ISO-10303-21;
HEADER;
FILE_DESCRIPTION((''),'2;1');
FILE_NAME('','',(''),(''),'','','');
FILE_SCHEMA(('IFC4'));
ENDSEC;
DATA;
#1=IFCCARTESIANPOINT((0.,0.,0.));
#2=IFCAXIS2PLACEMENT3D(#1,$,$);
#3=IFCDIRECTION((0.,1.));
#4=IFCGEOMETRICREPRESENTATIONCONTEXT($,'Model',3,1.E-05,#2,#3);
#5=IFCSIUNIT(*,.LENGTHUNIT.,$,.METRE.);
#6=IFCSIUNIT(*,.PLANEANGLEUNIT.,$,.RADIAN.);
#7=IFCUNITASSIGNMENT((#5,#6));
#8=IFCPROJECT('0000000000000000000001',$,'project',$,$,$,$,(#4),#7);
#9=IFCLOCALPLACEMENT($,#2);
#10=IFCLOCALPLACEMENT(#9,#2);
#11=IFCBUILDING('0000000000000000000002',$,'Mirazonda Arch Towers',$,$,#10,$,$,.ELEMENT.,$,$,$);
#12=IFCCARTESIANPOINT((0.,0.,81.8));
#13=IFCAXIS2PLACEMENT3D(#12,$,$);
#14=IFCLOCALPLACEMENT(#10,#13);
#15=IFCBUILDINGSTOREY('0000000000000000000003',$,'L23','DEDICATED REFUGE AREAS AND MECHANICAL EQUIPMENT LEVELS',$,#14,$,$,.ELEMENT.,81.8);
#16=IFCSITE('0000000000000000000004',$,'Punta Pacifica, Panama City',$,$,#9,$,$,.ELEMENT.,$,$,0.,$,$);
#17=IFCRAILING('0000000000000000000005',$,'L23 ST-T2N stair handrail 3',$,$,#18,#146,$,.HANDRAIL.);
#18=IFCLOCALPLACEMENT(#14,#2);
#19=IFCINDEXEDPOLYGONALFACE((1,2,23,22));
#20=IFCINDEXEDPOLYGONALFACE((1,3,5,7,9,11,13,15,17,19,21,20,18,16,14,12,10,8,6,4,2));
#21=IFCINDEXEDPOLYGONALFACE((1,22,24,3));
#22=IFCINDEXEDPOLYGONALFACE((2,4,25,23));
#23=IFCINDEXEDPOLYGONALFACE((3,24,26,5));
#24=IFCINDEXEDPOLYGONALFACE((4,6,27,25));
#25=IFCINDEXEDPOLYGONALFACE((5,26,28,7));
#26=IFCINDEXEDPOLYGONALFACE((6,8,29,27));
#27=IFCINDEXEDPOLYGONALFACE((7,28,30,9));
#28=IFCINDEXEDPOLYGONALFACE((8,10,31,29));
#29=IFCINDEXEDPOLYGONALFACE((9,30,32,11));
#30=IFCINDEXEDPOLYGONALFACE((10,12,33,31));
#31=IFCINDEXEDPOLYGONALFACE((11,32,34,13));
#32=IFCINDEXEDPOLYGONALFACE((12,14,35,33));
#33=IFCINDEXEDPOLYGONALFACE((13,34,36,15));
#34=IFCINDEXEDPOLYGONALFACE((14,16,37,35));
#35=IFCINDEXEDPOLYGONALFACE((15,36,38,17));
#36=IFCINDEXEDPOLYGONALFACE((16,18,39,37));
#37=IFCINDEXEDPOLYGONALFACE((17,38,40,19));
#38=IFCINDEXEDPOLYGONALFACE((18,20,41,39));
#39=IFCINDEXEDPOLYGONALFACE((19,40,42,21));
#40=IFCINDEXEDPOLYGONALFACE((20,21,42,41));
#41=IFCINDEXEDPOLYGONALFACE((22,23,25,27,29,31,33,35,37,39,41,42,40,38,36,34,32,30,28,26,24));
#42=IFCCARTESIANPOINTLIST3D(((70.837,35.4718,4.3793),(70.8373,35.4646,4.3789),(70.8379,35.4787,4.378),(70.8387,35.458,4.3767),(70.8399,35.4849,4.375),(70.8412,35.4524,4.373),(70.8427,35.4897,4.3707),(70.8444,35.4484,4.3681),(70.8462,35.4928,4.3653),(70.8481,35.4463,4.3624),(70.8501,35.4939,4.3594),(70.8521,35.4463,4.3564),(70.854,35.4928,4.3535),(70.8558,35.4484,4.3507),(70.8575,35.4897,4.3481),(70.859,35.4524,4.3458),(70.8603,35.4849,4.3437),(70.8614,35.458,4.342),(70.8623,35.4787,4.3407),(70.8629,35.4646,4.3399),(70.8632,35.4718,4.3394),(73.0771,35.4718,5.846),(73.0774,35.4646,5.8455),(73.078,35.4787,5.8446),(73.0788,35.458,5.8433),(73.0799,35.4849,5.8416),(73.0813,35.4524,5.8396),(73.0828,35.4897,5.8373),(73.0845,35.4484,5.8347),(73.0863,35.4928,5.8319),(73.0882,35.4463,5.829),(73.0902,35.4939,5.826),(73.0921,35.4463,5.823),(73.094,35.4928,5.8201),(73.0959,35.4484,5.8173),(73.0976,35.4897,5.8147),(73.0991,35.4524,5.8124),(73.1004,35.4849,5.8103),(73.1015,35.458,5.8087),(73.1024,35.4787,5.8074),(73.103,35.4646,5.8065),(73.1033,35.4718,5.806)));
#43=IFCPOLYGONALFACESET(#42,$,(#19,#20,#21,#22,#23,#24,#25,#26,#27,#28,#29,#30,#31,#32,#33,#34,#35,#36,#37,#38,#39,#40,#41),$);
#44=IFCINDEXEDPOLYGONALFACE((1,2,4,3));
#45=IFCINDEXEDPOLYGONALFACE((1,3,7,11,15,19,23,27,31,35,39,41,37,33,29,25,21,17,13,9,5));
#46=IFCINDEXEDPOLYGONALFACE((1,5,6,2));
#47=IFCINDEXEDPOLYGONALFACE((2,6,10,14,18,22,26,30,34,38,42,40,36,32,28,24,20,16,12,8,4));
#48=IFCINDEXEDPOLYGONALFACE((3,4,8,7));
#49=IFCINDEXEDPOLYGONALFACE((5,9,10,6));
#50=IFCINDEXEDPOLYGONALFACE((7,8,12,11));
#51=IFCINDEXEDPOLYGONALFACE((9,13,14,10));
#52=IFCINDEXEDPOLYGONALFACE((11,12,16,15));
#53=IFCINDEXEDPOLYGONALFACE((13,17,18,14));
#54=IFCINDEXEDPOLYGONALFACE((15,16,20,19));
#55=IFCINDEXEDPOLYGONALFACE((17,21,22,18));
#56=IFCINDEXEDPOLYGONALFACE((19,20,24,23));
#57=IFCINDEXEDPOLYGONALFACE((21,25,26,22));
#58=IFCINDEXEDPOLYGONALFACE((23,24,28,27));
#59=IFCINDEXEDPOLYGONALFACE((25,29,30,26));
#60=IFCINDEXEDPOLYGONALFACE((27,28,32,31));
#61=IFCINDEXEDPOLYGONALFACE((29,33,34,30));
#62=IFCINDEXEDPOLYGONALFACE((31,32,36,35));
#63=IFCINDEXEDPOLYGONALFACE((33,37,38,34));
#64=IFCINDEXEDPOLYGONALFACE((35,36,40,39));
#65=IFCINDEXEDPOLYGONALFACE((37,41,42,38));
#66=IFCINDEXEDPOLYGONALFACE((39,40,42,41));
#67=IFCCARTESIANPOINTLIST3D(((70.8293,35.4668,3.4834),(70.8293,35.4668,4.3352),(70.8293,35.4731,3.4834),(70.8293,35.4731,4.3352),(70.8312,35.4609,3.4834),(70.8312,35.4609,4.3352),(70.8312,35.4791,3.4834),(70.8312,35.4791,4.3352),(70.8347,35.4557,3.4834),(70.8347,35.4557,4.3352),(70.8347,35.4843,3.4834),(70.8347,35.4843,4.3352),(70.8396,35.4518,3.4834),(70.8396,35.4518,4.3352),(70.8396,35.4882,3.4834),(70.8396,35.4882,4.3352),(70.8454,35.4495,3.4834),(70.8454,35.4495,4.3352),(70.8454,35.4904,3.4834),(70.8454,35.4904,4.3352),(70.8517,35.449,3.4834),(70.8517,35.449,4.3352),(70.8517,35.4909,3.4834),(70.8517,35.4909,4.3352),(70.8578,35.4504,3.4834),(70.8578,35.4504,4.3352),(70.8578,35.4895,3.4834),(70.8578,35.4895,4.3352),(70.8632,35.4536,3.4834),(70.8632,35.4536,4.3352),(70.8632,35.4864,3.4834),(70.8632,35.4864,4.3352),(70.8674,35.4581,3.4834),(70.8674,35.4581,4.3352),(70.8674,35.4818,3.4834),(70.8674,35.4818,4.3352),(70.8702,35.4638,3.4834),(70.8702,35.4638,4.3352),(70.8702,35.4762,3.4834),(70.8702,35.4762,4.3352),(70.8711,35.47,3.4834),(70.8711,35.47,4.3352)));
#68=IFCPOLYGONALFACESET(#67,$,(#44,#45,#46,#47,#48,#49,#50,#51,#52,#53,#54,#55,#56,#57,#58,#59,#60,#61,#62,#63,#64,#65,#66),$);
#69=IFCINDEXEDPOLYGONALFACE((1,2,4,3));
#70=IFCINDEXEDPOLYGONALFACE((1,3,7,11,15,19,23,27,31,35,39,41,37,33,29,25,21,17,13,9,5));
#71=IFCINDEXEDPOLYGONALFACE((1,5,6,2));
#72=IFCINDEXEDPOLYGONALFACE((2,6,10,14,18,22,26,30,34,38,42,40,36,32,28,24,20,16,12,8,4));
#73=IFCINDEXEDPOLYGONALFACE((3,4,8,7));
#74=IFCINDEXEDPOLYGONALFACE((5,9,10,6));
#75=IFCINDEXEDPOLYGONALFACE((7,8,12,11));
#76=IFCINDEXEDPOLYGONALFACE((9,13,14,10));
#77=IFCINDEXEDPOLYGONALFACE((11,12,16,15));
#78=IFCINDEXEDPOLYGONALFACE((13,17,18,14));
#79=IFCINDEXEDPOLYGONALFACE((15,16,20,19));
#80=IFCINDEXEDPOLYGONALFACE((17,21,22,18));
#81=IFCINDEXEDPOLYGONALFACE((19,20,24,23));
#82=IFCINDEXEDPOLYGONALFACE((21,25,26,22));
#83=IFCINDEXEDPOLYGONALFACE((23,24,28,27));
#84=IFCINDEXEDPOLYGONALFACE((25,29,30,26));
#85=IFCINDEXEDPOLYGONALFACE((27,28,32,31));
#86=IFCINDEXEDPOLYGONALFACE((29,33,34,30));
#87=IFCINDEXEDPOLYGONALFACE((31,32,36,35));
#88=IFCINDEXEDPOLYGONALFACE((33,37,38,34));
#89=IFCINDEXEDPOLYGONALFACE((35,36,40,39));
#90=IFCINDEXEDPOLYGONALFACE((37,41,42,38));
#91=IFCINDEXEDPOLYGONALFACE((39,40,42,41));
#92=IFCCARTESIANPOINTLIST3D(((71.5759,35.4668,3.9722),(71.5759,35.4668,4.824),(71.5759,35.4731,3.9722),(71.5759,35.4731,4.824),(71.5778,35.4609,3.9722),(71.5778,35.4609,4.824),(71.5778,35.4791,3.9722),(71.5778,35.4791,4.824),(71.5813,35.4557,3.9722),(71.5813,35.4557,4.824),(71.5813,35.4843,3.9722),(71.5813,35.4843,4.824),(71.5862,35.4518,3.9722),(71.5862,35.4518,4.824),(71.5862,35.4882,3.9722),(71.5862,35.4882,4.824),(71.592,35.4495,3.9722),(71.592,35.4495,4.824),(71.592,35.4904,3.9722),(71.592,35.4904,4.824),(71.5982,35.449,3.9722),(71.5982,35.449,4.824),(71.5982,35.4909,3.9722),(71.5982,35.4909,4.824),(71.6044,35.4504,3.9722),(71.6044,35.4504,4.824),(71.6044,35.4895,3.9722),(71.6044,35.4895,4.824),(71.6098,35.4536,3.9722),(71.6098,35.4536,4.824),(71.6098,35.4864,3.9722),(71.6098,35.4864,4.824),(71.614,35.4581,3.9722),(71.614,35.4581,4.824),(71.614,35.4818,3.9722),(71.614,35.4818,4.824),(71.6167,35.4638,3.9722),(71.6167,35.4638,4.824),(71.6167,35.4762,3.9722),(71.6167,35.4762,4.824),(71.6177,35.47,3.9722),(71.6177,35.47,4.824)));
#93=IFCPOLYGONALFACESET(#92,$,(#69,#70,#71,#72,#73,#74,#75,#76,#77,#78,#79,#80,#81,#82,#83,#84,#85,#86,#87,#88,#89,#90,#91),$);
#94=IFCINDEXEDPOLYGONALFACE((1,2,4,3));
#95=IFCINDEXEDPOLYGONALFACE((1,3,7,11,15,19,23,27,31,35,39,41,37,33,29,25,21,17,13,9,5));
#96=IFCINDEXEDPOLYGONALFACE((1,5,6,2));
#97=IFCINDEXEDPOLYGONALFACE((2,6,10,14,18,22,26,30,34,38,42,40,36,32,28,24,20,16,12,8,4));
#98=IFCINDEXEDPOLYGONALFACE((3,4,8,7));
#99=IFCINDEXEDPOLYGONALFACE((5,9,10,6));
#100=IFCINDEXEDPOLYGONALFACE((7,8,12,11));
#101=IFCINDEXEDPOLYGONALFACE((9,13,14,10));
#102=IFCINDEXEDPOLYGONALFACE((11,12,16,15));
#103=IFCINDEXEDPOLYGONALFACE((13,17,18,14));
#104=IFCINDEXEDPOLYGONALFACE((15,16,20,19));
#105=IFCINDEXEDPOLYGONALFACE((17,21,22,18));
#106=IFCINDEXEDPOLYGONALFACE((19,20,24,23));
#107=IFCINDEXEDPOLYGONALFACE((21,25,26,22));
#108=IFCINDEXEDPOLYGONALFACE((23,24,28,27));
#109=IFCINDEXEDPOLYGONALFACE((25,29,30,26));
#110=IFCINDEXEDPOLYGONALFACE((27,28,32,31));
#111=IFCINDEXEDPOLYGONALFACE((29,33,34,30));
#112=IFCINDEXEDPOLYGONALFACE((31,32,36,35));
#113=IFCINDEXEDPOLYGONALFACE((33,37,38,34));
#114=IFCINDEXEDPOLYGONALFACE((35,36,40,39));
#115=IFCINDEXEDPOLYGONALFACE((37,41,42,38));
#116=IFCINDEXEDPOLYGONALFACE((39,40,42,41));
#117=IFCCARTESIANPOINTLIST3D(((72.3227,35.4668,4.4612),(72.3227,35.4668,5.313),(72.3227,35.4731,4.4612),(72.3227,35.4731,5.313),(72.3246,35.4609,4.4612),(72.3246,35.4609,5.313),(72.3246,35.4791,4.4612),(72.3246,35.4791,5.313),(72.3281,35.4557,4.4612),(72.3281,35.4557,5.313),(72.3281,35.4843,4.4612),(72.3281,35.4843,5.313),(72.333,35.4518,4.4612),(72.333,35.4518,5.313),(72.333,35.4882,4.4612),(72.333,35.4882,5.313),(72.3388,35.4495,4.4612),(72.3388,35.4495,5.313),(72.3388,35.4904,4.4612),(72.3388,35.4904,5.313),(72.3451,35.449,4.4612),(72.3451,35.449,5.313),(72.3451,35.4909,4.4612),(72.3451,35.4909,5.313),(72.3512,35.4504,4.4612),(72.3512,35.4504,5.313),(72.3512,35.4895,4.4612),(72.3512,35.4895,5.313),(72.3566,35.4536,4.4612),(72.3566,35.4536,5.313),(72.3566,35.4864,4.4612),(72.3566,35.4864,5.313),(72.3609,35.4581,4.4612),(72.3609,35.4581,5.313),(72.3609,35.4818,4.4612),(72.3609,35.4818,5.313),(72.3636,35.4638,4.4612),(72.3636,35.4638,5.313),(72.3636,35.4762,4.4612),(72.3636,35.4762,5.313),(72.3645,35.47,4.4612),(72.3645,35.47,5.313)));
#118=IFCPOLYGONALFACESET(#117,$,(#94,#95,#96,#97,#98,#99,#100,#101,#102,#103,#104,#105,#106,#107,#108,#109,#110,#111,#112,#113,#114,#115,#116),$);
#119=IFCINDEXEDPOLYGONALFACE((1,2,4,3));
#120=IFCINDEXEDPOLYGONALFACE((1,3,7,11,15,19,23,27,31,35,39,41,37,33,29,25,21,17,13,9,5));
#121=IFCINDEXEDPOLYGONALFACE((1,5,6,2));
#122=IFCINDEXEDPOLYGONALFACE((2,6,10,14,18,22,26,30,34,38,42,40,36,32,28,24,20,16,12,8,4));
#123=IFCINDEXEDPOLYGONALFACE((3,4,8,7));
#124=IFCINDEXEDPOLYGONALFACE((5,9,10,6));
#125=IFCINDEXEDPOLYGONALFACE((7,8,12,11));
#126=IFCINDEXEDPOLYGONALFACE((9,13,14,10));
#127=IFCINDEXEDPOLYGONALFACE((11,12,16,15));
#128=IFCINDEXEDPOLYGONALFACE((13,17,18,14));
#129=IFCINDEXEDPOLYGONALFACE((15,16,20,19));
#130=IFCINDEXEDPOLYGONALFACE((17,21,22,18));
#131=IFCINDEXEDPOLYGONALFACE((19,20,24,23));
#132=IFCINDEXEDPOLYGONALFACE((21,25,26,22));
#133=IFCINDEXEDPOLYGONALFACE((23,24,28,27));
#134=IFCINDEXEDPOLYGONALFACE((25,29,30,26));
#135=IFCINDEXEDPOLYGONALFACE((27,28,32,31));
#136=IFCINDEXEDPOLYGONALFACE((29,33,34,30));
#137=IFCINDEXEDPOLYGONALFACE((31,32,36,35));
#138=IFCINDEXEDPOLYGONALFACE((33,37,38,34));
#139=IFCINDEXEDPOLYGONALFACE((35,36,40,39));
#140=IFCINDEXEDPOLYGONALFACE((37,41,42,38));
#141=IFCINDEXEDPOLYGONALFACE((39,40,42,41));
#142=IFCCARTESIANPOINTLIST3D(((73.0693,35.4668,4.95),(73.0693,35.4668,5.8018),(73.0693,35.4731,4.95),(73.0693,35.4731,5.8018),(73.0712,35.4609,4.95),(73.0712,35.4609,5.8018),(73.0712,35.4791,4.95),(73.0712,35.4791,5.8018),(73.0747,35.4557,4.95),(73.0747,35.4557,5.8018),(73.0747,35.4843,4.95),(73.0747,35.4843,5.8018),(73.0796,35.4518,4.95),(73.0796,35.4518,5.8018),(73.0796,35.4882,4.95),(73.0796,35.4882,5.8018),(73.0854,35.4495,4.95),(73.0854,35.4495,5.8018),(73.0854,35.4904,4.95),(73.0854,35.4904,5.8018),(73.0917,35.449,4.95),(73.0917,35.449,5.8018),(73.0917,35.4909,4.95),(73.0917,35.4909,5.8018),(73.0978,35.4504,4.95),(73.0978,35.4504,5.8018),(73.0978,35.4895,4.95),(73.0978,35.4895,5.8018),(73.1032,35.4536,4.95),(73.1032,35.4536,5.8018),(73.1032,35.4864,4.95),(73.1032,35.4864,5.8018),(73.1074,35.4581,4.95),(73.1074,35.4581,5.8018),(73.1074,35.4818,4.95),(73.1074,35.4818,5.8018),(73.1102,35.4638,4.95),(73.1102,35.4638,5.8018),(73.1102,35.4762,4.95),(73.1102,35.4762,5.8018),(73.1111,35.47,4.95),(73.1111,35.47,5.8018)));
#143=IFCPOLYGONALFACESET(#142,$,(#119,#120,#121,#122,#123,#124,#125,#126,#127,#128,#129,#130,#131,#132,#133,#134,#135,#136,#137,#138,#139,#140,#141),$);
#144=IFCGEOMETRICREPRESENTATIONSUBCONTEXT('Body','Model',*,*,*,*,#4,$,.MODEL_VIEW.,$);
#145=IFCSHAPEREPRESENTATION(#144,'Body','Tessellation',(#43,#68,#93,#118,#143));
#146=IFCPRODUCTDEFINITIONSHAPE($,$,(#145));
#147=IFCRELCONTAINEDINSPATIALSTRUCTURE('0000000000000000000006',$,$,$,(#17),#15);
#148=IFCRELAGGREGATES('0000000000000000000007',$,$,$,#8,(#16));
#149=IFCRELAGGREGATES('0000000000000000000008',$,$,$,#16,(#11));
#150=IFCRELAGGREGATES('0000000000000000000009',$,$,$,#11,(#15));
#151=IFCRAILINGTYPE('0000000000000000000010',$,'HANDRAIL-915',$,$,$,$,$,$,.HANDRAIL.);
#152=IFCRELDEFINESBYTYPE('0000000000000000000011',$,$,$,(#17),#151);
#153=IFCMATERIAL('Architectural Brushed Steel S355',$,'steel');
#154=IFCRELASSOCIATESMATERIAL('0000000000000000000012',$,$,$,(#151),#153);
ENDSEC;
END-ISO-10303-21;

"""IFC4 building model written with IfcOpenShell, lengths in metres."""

from ifc_helpers import new_model, si_unit, direction, frame, origin, origin_2d, place, context, subcontext, project, spatial, circle, extrude, material, type_object, element, save


model = new_model("IFC4")

# Units and contexts
model_context = context("Model", 3, precision=1e-05, world=origin(), true_north=direction((0.0, 1.0)))
body_context = subcontext(model_context, "Body", "Model", "MODEL_VIEW")
ifc_project = project(units=[si_unit("LENGTHUNIT", "METRE"), si_unit("PLANEANGLEUNIT", "RADIAN")], contexts=[model_context])

# Site, building, storey
site_placement = place(None, origin())
site = spatial("IfcSite", under=ifc_project, at=site_placement, Name="Punta Pacifica, Panama City", CompositionType="ELEMENT", RefElevation=0.0)
building_placement = place(site_placement, origin())
building = spatial("IfcBuilding", under=site, at=building_placement, Name="Mirazonda Arch Towers", CompositionType="ELEMENT")
storey_placement = place(building_placement, frame((0.0, 0.0, 81.8)))
storey = spatial("IfcBuildingStorey", under=building, at=storey_placement, Name="L23", Description="DEDICATED REFUGE AREAS AND MECHANICAL EQUIPMENT LEVELS", CompositionType="ELEMENT", Elevation=81.8)

# Shared definitions
ifc_material_1 = material(Name="Architectural Brushed Steel S355", Category="steel")

# Railing
railing_type_1 = type_object("IfcRailingType", Name="HANDRAIL-915", PredefinedType="HANDRAIL", material=ifc_material_1)
railing_1_placement = place(storey_placement, frame((70.8501, 35.47, 3.4834)))
element("IfcRailing", 1, at=railing_1_placement, inside=storey, type_object=railing_type_1, Name="L23 ST-T2N stair handrail 3", PredefinedType="HANDRAIL", context=body_context, shape_type="SweptSolid", body=[
    extrude(circle(Radius=0.0239, at=origin_2d()), frame((0.0, 0.0, 0.876), z_axis=(0.836637, 0.0, 0.547758), x_axis=(0.0, 1.0, 0.0)), (0.0, 0.0, 1.0), 2.6775),
    extrude(circle(Radius=0.021, at=origin_2d()), origin(), (0.0, 0.0, 1.0), 0.8518),
    extrude(circle(Radius=0.021, at=origin_2d()), frame((0.7466, 0.0, 0.4888)), (0.0, 0.0, 1.0), 0.8518),
    extrude(circle(Radius=0.021, at=origin_2d()), frame((1.4934, 0.0, 0.9778)), (0.0, 0.0, 1.0), 0.8518),
    extrude(circle(Radius=0.021, at=origin_2d()), frame((2.24, 0.0, 1.4666)), (0.0, 0.0, 1.0), 0.8518),
])

save(model, "model.ifc")
